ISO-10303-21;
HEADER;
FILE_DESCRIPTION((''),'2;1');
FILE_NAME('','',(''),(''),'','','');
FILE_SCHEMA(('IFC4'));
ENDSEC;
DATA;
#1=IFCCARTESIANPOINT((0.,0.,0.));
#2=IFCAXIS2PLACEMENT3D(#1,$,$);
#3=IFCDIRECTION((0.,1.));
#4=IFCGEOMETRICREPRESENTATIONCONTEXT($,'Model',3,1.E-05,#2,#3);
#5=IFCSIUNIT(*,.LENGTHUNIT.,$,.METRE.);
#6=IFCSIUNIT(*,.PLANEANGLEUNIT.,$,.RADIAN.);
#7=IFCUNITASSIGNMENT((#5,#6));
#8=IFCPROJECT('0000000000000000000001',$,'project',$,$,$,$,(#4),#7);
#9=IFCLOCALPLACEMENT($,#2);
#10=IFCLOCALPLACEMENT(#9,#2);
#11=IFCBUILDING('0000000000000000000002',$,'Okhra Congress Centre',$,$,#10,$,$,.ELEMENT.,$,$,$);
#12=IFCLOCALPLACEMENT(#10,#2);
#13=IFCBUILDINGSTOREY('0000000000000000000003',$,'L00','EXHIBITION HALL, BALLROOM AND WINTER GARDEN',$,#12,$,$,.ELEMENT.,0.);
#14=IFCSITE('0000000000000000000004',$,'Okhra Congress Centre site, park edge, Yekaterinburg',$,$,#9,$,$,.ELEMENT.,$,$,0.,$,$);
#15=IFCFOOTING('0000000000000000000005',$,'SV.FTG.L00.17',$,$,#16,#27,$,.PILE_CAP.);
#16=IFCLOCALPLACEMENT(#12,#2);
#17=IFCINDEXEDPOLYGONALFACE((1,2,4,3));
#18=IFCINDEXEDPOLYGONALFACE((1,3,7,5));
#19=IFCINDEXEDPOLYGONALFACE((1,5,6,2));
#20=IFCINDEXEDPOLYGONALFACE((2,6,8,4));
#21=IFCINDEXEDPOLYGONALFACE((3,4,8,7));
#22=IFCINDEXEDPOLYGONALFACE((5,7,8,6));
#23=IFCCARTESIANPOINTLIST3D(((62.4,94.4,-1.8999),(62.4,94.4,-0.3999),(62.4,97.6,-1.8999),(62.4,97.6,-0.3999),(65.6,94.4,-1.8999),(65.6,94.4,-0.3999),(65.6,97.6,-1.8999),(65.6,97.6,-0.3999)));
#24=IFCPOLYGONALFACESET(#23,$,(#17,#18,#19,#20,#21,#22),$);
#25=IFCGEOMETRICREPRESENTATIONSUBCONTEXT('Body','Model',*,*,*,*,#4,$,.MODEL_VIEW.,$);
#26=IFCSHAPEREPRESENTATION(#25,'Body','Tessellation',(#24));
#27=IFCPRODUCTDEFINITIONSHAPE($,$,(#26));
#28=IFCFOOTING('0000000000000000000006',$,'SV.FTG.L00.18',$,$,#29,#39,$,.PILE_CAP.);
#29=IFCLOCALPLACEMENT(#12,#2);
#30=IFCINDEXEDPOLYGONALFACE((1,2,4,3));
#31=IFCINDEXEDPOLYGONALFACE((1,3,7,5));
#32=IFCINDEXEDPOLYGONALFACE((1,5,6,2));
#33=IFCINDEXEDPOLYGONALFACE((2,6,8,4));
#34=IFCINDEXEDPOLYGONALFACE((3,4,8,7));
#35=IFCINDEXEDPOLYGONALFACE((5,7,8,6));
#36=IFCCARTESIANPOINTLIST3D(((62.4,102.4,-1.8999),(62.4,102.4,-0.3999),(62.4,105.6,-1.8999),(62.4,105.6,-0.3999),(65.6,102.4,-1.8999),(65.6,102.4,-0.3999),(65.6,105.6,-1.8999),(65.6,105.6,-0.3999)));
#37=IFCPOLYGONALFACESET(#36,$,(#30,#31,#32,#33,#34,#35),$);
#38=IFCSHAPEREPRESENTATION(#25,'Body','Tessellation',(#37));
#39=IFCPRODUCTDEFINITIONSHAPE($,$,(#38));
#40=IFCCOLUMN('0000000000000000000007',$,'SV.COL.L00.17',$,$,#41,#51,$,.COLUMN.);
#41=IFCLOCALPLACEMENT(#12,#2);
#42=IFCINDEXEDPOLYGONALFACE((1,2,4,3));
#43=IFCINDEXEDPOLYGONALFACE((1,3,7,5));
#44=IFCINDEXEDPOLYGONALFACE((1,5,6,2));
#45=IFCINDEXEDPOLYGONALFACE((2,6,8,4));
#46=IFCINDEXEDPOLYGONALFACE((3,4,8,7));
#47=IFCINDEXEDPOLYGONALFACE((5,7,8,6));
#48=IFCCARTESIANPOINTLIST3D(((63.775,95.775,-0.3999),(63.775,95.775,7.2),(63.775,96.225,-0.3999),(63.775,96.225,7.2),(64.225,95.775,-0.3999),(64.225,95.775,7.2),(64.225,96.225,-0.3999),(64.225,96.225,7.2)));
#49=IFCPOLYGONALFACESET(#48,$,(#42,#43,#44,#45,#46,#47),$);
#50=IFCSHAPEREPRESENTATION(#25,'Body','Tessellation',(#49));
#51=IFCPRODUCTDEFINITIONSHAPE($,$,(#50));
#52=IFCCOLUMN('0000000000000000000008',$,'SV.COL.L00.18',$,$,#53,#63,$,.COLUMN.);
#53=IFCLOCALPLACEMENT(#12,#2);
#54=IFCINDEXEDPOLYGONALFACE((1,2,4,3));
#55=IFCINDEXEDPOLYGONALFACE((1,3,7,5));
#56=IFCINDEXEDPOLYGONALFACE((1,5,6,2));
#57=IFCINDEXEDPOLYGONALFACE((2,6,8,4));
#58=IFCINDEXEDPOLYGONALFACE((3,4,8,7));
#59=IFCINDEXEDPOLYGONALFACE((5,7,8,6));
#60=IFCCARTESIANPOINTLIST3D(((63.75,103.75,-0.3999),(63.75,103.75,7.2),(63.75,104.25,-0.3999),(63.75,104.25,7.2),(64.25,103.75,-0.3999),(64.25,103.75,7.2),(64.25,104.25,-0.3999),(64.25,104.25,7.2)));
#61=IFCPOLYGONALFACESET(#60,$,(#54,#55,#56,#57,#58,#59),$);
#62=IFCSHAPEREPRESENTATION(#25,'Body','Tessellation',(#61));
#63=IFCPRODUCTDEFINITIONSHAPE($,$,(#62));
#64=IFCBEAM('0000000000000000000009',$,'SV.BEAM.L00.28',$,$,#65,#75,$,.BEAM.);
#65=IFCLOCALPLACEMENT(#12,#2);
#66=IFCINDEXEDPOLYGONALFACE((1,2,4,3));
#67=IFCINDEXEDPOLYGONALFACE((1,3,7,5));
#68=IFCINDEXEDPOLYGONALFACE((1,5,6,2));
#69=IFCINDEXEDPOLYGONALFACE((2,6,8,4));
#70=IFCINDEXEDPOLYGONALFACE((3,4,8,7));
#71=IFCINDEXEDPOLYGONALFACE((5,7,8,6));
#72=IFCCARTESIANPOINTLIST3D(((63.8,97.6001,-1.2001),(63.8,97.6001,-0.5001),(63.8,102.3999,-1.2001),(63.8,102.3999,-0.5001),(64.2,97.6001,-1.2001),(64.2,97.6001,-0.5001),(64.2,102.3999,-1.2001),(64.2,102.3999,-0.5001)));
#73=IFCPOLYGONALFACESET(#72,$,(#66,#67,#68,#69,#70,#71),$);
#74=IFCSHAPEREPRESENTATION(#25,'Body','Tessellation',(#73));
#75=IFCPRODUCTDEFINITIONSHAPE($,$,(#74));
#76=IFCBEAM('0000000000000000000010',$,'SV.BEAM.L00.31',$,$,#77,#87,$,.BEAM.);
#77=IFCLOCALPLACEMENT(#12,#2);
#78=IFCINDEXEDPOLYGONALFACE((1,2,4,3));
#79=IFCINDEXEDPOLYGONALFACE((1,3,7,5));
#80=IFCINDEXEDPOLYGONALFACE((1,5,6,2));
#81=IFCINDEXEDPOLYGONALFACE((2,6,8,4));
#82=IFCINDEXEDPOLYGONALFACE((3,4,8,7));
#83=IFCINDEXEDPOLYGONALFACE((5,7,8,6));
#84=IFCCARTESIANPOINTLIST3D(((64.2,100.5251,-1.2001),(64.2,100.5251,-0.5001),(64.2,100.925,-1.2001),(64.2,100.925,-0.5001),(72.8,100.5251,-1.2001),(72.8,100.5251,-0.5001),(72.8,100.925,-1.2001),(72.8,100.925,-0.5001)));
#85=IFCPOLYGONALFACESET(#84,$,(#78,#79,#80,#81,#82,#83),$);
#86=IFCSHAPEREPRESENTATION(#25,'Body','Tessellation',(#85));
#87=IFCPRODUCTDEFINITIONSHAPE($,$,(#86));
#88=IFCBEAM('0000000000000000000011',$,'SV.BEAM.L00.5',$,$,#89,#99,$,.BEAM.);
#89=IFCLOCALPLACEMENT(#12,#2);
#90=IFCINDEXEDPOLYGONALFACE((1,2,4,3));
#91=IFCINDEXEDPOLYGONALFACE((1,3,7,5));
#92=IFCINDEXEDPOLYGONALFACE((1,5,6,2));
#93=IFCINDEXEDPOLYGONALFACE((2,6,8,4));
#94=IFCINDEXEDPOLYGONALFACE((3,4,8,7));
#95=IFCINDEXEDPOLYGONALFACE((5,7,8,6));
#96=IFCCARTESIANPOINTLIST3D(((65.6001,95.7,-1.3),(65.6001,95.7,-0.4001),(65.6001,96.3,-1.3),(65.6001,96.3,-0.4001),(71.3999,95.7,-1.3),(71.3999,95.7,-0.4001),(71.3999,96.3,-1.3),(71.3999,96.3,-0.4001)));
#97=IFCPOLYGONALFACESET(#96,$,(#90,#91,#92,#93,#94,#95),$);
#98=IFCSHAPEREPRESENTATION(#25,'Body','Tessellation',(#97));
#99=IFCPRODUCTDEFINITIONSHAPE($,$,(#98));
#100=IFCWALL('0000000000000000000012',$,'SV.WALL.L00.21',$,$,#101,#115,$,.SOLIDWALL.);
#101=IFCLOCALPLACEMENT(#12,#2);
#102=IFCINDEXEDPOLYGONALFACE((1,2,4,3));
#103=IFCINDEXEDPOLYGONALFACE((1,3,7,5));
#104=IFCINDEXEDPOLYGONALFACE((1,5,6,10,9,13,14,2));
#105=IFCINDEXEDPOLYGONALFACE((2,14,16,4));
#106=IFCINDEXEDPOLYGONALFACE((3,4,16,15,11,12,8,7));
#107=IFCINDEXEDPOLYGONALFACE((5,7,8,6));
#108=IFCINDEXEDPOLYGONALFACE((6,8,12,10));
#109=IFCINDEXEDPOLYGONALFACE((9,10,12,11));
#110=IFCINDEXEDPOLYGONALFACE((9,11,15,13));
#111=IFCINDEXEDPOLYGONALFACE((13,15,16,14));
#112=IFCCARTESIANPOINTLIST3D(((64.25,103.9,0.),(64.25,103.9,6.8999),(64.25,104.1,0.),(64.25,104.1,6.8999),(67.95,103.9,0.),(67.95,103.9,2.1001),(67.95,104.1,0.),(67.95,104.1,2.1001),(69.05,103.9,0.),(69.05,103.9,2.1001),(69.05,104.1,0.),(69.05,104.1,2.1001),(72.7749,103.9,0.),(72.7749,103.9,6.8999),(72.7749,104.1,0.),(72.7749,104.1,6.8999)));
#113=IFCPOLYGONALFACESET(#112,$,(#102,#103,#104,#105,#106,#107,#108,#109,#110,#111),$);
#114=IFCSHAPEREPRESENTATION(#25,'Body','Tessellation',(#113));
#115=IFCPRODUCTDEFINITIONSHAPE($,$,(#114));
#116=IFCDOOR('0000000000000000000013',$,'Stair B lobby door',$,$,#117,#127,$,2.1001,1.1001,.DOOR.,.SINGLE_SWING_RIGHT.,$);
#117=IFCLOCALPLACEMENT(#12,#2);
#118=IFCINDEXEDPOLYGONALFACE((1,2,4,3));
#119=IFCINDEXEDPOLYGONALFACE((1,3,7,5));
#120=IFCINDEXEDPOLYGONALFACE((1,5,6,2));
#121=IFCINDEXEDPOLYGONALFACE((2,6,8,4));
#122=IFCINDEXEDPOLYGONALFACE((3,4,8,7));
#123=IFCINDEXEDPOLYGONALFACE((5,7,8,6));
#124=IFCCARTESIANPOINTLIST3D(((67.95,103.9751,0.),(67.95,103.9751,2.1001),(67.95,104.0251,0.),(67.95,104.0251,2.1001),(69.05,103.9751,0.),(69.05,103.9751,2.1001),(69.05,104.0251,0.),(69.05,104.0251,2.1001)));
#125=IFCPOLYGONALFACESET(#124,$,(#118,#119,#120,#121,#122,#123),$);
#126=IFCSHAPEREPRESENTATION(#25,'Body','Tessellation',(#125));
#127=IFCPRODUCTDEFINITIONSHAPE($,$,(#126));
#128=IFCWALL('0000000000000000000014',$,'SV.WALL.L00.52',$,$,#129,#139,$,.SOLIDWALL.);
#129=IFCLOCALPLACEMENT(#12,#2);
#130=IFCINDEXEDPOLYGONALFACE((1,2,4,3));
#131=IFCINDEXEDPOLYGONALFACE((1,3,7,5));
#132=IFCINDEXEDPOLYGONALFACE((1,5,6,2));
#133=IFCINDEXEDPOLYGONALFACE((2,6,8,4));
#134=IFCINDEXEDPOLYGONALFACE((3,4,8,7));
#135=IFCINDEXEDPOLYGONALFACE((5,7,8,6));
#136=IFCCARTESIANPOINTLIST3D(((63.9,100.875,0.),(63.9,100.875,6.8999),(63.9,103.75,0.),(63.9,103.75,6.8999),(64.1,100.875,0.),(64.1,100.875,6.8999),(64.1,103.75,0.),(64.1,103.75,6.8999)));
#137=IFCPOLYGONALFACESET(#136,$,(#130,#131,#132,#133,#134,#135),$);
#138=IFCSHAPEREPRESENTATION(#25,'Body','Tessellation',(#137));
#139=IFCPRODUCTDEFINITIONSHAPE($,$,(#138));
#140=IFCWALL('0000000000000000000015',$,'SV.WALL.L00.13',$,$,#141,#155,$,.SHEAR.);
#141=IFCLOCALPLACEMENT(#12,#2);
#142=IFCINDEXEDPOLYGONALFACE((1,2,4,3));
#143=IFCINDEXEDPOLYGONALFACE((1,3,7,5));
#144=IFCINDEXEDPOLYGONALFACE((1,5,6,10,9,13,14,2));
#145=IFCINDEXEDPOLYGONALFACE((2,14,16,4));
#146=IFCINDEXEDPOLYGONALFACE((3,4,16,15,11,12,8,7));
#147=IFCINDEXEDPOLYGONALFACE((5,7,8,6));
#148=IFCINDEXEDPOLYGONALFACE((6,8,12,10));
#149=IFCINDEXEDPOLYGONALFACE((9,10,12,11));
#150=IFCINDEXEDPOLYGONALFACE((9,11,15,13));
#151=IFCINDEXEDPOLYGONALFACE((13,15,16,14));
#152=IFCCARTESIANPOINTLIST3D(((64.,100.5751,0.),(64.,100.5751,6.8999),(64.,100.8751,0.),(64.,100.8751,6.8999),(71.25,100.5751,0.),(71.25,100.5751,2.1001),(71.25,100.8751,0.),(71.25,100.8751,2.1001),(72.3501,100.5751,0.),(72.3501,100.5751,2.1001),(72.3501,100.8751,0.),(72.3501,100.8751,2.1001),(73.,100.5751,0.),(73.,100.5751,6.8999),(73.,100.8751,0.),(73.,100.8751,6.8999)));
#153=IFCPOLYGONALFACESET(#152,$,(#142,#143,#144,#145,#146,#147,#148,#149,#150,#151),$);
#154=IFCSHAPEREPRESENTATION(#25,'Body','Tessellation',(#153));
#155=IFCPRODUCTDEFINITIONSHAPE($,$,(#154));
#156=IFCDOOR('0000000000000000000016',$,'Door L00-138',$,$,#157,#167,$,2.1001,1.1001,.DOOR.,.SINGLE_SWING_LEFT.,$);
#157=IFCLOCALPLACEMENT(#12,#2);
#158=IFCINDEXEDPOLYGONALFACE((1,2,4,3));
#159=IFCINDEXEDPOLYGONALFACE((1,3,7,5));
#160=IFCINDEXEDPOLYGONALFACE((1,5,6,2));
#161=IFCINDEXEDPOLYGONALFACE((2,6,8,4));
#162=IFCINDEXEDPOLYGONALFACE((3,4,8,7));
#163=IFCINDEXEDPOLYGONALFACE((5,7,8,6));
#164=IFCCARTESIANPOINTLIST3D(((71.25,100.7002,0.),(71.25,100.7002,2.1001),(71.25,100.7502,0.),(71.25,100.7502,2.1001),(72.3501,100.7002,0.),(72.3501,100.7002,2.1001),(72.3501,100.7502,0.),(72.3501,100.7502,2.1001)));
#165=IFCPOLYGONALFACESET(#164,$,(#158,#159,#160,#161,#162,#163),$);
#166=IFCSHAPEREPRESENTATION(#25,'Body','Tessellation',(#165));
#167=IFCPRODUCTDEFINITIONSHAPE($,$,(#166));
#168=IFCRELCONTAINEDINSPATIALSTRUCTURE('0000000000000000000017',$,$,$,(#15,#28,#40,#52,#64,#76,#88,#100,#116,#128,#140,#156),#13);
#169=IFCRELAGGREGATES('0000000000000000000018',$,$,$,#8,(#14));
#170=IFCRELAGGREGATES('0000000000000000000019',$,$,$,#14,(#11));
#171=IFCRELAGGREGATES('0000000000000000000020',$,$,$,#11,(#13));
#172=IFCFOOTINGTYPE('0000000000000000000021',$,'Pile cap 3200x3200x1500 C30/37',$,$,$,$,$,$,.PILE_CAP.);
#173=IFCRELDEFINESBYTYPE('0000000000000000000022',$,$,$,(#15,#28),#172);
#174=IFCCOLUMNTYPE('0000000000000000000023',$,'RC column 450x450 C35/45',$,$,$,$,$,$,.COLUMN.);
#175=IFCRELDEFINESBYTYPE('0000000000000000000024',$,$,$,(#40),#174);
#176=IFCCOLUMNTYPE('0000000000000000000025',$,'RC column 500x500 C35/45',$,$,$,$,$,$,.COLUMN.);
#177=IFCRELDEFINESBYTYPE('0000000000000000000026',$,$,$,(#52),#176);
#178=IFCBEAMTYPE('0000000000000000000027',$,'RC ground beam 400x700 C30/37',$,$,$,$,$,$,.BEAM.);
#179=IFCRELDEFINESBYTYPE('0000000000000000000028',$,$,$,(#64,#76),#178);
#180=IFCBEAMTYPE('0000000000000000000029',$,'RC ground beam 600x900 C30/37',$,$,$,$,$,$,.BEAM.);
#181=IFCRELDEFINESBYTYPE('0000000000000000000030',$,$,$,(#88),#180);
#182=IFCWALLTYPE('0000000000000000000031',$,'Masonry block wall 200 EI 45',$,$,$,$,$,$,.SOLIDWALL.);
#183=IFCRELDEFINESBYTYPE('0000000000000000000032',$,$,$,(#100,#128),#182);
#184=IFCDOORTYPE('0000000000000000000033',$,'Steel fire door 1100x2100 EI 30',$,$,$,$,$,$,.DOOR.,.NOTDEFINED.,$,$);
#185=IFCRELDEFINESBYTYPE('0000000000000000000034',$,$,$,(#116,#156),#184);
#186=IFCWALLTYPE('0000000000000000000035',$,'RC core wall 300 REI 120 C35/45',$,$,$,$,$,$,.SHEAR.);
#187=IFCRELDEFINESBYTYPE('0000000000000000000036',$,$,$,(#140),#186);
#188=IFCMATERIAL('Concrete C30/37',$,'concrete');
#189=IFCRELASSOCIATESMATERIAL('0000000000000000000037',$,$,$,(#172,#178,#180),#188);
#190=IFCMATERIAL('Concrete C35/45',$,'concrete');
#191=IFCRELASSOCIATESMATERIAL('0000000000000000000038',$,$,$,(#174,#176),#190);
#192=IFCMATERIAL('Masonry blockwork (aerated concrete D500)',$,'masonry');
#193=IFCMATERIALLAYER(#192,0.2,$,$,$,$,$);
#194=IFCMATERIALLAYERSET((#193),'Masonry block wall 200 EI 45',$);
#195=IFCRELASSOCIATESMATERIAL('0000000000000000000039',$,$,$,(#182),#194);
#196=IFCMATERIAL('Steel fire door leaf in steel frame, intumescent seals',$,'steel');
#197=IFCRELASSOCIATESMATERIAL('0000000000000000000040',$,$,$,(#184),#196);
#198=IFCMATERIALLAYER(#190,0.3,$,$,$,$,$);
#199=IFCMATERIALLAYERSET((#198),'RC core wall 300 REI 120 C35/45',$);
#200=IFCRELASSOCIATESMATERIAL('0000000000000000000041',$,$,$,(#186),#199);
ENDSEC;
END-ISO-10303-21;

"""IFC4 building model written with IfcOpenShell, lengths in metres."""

from ifc_helpers import new_model, si_unit, direction, frame, frame_2d, origin, origin_2d, place, context, subcontext, project, spatial, rectangle, extrude, material, layer, layer_set, material_profile, profile_set, type_object, element, fill, save


model = new_model("IFC4")

# Units and contexts
model_context = context("Model", 3, precision=1e-05, world=origin(), true_north=direction((0.0, 1.0)))
body_context = subcontext(model_context, "Body", "Model", "MODEL_VIEW")
ifc_project = project(units=[si_unit("LENGTHUNIT", "METRE"), si_unit("PLANEANGLEUNIT", "RADIAN")], contexts=[model_context])

# Site, building, storey
site_placement = place(None, origin())
site = spatial("IfcSite", under=ifc_project, at=site_placement, Name="Okhra Congress Centre site, park edge, Yekaterinburg", CompositionType="ELEMENT", RefElevation=0.0)
building_placement = place(site_placement, origin())
building = spatial("IfcBuilding", under=site, at=building_placement, Name="Okhra Congress Centre", CompositionType="ELEMENT")
storey_placement = place(building_placement, origin())
storey = spatial("IfcBuildingStorey", under=building, at=storey_placement, Name="L00", Description="EXHIBITION HALL, BALLROOM AND WINTER GARDEN", CompositionType="ELEMENT", Elevation=0.0)

# Shared definitions
ifc_material_1 = material(Name="Concrete C30/37", Category="concrete")

# Footings
footing_type = type_object("IfcFootingType", Name="Pile cap 3200x3200x1500 C30/37", PredefinedType="PILE_CAP", material=ifc_material_1)
for number, where, z_axis, x_axis, name in (
    (1, (64.0, 96.0, -1.8999), (0.0, 0.0, 1.0), (1.0, 0.0, 0.0), "SV.FTG.L00.17"),
    (2, (64.0, 104.0, -1.8999), (0.0, 0.0, 1.0), (1.0, 0.0, 0.0), "SV.FTG.L00.18"),
):
    element("IfcFooting", number, at=place(storey_placement, frame(where, z_axis=z_axis, x_axis=x_axis)), inside=storey, type_object=footing_type, Name=name, PredefinedType="PILE_CAP", context=body_context, shape_type="SweptSolid", body=[
        extrude(rectangle(XDim=3.2, YDim=3.2, at=origin_2d()), origin(), (0.0, 0.0, 1.0), 1.5),
    ])

# Columns
ifc_material_2 = material(Name="Concrete C35/45", Category="concrete")
ifc_material_profile_1 = material_profile(ifc_material_2, rectangle(XDim=0.45, YDim=0.45, at=origin_2d()), Name="RC 450x450")
ifc_profile_set_1 = profile_set([ifc_material_profile_1], Name="Concrete C35/45")
column_type_1 = type_object("IfcColumnType", Name="RC column 450x450 C35/45", PredefinedType="COLUMN", material=ifc_profile_set_1)
column_1_placement = place(storey_placement, frame((64.0, 96.0, -0.3999), z_axis=(0.0, 0.0, 1.0), x_axis=(1.0, 0.0, 0.0)))
element("IfcColumn", 3, at=column_1_placement, inside=storey, type_object=column_type_1, Name="SV.COL.L00.17", PredefinedType="COLUMN", context=body_context, shape_type="SweptSolid", body=[
    extrude(rectangle(XDim=0.45, YDim=0.45, at=origin_2d()), origin(), (0.0, 0.0, 1.0), 7.5999),
])
ifc_material_profile_2 = material_profile(ifc_material_2, rectangle(XDim=0.5, YDim=0.5, at=origin_2d()), Name="RC 500x500")
ifc_profile_set_2 = profile_set([ifc_material_profile_2], Name="Concrete C35/45")
column_type_2 = type_object("IfcColumnType", Name="RC column 500x500 C35/45", PredefinedType="COLUMN", material=ifc_profile_set_2)
column_2_placement = place(storey_placement, frame((64.0, 104.0, -0.3999), z_axis=(0.0, 0.0, 1.0), x_axis=(1.0, 0.0, 0.0)))
element("IfcColumn", 4, at=column_2_placement, inside=storey, type_object=column_type_2, Name="SV.COL.L00.18", PredefinedType="COLUMN", context=body_context, shape_type="SweptSolid", body=[
    extrude(rectangle(XDim=0.5, YDim=0.5, at=origin_2d()), origin(), (0.0, 0.0, 1.0), 7.5999),
])

# Beams
ifc_material_profile_3 = material_profile(ifc_material_1, rectangle(XDim=0.3999, YDim=0.7, at=origin_2d()), Name="RC 400x700")
ifc_profile_set_3 = profile_set([ifc_material_profile_3], Name="Concrete C30/37")
beam_type_1 = type_object("IfcBeamType", Name="RC ground beam 400x700 C30/37", PredefinedType="BEAM", material=ifc_profile_set_3)
beam_1_placement = place(storey_placement, frame((64.0, 97.6001, -0.8501), z_axis=(0.0, 1.0, 0.0), x_axis=(-1.0, 0.0, 0.0)))
element("IfcBeam", 5, at=beam_1_placement, inside=storey, type_object=beam_type_1, Name="SV.BEAM.L00.28", PredefinedType="BEAM", context=body_context, shape_type="SweptSolid", body=[
    extrude(rectangle(XDim=0.3999, YDim=0.7, at=origin_2d()), origin(), (0.0, 0.0, 1.0), 4.7998),
])
beam_2_placement = place(storey_placement, frame((64.2, 100.7251, -0.8501), z_axis=(1.0, 0.0, 0.0), x_axis=(0.0, 1.0, 0.0)))
element("IfcBeam", 6, at=beam_2_placement, inside=storey, type_object=beam_type_1, Name="SV.BEAM.L00.31", PredefinedType="BEAM", context=body_context, shape_type="SweptSolid", body=[
    extrude(rectangle(XDim=0.3999, YDim=0.7, at=origin_2d()), origin(), (0.0, 0.0, 1.0), 8.6001),
])
ifc_material_profile_4 = material_profile(ifc_material_1, rectangle(XDim=0.6001, YDim=0.8999, at=origin_2d()), Name="RC 600x900")
ifc_profile_set_4 = profile_set([ifc_material_profile_4], Name="Concrete C30/37")
beam_type_2 = type_object("IfcBeamType", Name="RC ground beam 600x900 C30/37", PredefinedType="BEAM", material=ifc_profile_set_4)
beam_3_placement = place(storey_placement, frame((65.6001, 96.0, -0.8501), z_axis=(1.0, 0.0, 0.0), x_axis=(0.0, 1.0, 0.0)))
element("IfcBeam", 7, at=beam_3_placement, inside=storey, type_object=beam_type_2, Name="SV.BEAM.L00.5", PredefinedType="BEAM", context=body_context, shape_type="SweptSolid", body=[
    extrude(rectangle(XDim=0.6001, YDim=0.8999, at=origin_2d()), origin(), (0.0, 0.0, 1.0), 5.7998),
])

# Wall, opening, door
ifc_material_3 = material(Name="Masonry blockwork (aerated concrete D500)", Category="masonry")
ifc_layer_1 = layer(ifc_material_3, 0.2)
ifc_layer_set_1 = layer_set([ifc_layer_1], Name="Masonry block wall 200 EI 45")
wall_type_1 = type_object("IfcWallType", Name="Masonry block wall 200 EI 45", PredefinedType="SOLIDWALL", material=ifc_layer_set_1)
wall_1_placement = place(storey_placement, frame((64.25, 104.0, 0.0), z_axis=(0.0, 0.0, 1.0), x_axis=(1.0, 0.0, 0.0)))
wall_1 = element("IfcWall", 8, at=wall_1_placement, inside=storey, type_object=wall_type_1, Name="SV.WALL.L00.21", PredefinedType="SOLIDWALL", context=body_context, shape_type="SweptSolid", body=[
    extrude(rectangle(XDim=8.5249, YDim=0.2, at=frame_2d((4.2625, 0.0))), origin(), (0.0, 0.0, 1.0), 6.8999),
])
opening_1_placement = place(wall_1_placement, frame((3.7, 0.0, 0.0)))
opening_1 = element("IfcOpeningElement", 9, at=opening_1_placement, cuts=wall_1, PredefinedType="OPENING", context=body_context, shape_type="SweptSolid", body=[
    extrude(rectangle(XDim=1.1001, YDim=2.1001, at=frame_2d((0.55, 1.05))), frame((0.0, 0.1099, 0.0), z_axis=(0.0, -1.0, 0.0), x_axis=(1.0, 0.0, 0.0)), (0.0, 0.0, 1.0), 0.22),
])
ifc_material_4 = material(Name="Steel fire door leaf in steel frame, intumescent seals", Category="steel")
door_type_1 = type_object("IfcDoorType", Name="Steel fire door 1100x2100 EI 30", OperationType="NOTDEFINED", PredefinedType="DOOR", material=ifc_material_4)
door_1_placement = place(opening_1_placement, frame((1.1001, 0.0, 0.0), z_axis=(0.0, 0.0, 1.0), x_axis=(-1.0, 0.0, 0.0)))
door_1 = element("IfcDoor", 10, at=door_1_placement, inside=storey, type_object=door_type_1, Name="Stair B lobby door", OperationType="SINGLE_SWING_RIGHT", OverallHeight=2.1001, OverallWidth=1.1001, PredefinedType="DOOR", context=body_context, shape_type="SweptSolid", body=[
    extrude(rectangle(XDim=1.1001, YDim=2.1001, at=frame_2d((0.55, 1.05))), frame((0.0, 0.0249, 0.0), z_axis=(0.0, -1.0, 0.0), x_axis=(1.0, 0.0, 0.0)), (0.0, 0.0, 1.0), 0.05),
])
fill(opening_1, door_1)

# Wall
wall_2_placement = place(storey_placement, frame((64.0, 100.875, 0.0), z_axis=(0.0, 0.0, 1.0), x_axis=(0.0, 1.0, 0.0)))
element("IfcWall", 11, at=wall_2_placement, inside=storey, type_object=wall_type_1, Name="SV.WALL.L00.52", PredefinedType="SOLIDWALL", context=body_context, shape_type="SweptSolid", body=[
    extrude(rectangle(XDim=2.875, YDim=0.2, at=frame_2d((1.4375, 0.0))), origin(), (0.0, 0.0, 1.0), 6.8999),
])

# Wall, opening, door
ifc_layer_2 = layer(ifc_material_2, 0.3)
ifc_layer_set_2 = layer_set([ifc_layer_2], Name="RC core wall 300 REI 120 C35/45")
wall_type_2 = type_object("IfcWallType", Name="RC core wall 300 REI 120 C35/45", PredefinedType="SHEAR", material=ifc_layer_set_2)
wall_3_placement = place(storey_placement, frame((64.0, 100.7251, 0.0), z_axis=(0.0, 0.0, 1.0), x_axis=(1.0, 0.0, 0.0)))
wall_3 = element("IfcWall", 12, at=wall_3_placement, inside=storey, type_object=wall_type_2, Name="SV.WALL.L00.13", PredefinedType="SHEAR", context=body_context, shape_type="SweptSolid", body=[
    extrude(rectangle(XDim=9.0, YDim=0.3, at=frame_2d((4.5, 0.0))), origin(), (0.0, 0.0, 1.0), 6.8999),
])
opening_2_placement = place(wall_3_placement, frame((7.25, 0.0, 0.0)))
opening_2 = element("IfcOpeningElement", 13, at=opening_2_placement, cuts=wall_3, PredefinedType="OPENING", context=body_context, shape_type="SweptSolid", body=[
    extrude(rectangle(XDim=1.1001, YDim=2.1001, at=frame_2d((0.55, 1.05))), frame((0.0, 0.1599, 0.0), z_axis=(0.0, -1.0, 0.0), x_axis=(1.0, 0.0, 0.0)), (0.0, 0.0, 1.0), 0.3201),
])
door_2_placement = place(opening_2_placement, frame((1.1001, 0.0, 0.0), z_axis=(0.0, 0.0, 1.0), x_axis=(-1.0, 0.0, 0.0)))
door_2 = element("IfcDoor", 14, at=door_2_placement, inside=storey, type_object=door_type_1, Name="Door L00-138", OperationType="SINGLE_SWING_LEFT", OverallHeight=2.1001, OverallWidth=1.1001, PredefinedType="DOOR", context=body_context, shape_type="SweptSolid", body=[
    extrude(rectangle(XDim=1.1001, YDim=2.1001, at=frame_2d((0.55, 1.05))), frame((0.0, 0.0249, 0.0), z_axis=(0.0, -1.0, 0.0), x_axis=(1.0, 0.0, 0.0)), (0.0, 0.0, 1.0), 0.05),
])
fill(opening_2, door_2)

save(model, "model.ifc")
